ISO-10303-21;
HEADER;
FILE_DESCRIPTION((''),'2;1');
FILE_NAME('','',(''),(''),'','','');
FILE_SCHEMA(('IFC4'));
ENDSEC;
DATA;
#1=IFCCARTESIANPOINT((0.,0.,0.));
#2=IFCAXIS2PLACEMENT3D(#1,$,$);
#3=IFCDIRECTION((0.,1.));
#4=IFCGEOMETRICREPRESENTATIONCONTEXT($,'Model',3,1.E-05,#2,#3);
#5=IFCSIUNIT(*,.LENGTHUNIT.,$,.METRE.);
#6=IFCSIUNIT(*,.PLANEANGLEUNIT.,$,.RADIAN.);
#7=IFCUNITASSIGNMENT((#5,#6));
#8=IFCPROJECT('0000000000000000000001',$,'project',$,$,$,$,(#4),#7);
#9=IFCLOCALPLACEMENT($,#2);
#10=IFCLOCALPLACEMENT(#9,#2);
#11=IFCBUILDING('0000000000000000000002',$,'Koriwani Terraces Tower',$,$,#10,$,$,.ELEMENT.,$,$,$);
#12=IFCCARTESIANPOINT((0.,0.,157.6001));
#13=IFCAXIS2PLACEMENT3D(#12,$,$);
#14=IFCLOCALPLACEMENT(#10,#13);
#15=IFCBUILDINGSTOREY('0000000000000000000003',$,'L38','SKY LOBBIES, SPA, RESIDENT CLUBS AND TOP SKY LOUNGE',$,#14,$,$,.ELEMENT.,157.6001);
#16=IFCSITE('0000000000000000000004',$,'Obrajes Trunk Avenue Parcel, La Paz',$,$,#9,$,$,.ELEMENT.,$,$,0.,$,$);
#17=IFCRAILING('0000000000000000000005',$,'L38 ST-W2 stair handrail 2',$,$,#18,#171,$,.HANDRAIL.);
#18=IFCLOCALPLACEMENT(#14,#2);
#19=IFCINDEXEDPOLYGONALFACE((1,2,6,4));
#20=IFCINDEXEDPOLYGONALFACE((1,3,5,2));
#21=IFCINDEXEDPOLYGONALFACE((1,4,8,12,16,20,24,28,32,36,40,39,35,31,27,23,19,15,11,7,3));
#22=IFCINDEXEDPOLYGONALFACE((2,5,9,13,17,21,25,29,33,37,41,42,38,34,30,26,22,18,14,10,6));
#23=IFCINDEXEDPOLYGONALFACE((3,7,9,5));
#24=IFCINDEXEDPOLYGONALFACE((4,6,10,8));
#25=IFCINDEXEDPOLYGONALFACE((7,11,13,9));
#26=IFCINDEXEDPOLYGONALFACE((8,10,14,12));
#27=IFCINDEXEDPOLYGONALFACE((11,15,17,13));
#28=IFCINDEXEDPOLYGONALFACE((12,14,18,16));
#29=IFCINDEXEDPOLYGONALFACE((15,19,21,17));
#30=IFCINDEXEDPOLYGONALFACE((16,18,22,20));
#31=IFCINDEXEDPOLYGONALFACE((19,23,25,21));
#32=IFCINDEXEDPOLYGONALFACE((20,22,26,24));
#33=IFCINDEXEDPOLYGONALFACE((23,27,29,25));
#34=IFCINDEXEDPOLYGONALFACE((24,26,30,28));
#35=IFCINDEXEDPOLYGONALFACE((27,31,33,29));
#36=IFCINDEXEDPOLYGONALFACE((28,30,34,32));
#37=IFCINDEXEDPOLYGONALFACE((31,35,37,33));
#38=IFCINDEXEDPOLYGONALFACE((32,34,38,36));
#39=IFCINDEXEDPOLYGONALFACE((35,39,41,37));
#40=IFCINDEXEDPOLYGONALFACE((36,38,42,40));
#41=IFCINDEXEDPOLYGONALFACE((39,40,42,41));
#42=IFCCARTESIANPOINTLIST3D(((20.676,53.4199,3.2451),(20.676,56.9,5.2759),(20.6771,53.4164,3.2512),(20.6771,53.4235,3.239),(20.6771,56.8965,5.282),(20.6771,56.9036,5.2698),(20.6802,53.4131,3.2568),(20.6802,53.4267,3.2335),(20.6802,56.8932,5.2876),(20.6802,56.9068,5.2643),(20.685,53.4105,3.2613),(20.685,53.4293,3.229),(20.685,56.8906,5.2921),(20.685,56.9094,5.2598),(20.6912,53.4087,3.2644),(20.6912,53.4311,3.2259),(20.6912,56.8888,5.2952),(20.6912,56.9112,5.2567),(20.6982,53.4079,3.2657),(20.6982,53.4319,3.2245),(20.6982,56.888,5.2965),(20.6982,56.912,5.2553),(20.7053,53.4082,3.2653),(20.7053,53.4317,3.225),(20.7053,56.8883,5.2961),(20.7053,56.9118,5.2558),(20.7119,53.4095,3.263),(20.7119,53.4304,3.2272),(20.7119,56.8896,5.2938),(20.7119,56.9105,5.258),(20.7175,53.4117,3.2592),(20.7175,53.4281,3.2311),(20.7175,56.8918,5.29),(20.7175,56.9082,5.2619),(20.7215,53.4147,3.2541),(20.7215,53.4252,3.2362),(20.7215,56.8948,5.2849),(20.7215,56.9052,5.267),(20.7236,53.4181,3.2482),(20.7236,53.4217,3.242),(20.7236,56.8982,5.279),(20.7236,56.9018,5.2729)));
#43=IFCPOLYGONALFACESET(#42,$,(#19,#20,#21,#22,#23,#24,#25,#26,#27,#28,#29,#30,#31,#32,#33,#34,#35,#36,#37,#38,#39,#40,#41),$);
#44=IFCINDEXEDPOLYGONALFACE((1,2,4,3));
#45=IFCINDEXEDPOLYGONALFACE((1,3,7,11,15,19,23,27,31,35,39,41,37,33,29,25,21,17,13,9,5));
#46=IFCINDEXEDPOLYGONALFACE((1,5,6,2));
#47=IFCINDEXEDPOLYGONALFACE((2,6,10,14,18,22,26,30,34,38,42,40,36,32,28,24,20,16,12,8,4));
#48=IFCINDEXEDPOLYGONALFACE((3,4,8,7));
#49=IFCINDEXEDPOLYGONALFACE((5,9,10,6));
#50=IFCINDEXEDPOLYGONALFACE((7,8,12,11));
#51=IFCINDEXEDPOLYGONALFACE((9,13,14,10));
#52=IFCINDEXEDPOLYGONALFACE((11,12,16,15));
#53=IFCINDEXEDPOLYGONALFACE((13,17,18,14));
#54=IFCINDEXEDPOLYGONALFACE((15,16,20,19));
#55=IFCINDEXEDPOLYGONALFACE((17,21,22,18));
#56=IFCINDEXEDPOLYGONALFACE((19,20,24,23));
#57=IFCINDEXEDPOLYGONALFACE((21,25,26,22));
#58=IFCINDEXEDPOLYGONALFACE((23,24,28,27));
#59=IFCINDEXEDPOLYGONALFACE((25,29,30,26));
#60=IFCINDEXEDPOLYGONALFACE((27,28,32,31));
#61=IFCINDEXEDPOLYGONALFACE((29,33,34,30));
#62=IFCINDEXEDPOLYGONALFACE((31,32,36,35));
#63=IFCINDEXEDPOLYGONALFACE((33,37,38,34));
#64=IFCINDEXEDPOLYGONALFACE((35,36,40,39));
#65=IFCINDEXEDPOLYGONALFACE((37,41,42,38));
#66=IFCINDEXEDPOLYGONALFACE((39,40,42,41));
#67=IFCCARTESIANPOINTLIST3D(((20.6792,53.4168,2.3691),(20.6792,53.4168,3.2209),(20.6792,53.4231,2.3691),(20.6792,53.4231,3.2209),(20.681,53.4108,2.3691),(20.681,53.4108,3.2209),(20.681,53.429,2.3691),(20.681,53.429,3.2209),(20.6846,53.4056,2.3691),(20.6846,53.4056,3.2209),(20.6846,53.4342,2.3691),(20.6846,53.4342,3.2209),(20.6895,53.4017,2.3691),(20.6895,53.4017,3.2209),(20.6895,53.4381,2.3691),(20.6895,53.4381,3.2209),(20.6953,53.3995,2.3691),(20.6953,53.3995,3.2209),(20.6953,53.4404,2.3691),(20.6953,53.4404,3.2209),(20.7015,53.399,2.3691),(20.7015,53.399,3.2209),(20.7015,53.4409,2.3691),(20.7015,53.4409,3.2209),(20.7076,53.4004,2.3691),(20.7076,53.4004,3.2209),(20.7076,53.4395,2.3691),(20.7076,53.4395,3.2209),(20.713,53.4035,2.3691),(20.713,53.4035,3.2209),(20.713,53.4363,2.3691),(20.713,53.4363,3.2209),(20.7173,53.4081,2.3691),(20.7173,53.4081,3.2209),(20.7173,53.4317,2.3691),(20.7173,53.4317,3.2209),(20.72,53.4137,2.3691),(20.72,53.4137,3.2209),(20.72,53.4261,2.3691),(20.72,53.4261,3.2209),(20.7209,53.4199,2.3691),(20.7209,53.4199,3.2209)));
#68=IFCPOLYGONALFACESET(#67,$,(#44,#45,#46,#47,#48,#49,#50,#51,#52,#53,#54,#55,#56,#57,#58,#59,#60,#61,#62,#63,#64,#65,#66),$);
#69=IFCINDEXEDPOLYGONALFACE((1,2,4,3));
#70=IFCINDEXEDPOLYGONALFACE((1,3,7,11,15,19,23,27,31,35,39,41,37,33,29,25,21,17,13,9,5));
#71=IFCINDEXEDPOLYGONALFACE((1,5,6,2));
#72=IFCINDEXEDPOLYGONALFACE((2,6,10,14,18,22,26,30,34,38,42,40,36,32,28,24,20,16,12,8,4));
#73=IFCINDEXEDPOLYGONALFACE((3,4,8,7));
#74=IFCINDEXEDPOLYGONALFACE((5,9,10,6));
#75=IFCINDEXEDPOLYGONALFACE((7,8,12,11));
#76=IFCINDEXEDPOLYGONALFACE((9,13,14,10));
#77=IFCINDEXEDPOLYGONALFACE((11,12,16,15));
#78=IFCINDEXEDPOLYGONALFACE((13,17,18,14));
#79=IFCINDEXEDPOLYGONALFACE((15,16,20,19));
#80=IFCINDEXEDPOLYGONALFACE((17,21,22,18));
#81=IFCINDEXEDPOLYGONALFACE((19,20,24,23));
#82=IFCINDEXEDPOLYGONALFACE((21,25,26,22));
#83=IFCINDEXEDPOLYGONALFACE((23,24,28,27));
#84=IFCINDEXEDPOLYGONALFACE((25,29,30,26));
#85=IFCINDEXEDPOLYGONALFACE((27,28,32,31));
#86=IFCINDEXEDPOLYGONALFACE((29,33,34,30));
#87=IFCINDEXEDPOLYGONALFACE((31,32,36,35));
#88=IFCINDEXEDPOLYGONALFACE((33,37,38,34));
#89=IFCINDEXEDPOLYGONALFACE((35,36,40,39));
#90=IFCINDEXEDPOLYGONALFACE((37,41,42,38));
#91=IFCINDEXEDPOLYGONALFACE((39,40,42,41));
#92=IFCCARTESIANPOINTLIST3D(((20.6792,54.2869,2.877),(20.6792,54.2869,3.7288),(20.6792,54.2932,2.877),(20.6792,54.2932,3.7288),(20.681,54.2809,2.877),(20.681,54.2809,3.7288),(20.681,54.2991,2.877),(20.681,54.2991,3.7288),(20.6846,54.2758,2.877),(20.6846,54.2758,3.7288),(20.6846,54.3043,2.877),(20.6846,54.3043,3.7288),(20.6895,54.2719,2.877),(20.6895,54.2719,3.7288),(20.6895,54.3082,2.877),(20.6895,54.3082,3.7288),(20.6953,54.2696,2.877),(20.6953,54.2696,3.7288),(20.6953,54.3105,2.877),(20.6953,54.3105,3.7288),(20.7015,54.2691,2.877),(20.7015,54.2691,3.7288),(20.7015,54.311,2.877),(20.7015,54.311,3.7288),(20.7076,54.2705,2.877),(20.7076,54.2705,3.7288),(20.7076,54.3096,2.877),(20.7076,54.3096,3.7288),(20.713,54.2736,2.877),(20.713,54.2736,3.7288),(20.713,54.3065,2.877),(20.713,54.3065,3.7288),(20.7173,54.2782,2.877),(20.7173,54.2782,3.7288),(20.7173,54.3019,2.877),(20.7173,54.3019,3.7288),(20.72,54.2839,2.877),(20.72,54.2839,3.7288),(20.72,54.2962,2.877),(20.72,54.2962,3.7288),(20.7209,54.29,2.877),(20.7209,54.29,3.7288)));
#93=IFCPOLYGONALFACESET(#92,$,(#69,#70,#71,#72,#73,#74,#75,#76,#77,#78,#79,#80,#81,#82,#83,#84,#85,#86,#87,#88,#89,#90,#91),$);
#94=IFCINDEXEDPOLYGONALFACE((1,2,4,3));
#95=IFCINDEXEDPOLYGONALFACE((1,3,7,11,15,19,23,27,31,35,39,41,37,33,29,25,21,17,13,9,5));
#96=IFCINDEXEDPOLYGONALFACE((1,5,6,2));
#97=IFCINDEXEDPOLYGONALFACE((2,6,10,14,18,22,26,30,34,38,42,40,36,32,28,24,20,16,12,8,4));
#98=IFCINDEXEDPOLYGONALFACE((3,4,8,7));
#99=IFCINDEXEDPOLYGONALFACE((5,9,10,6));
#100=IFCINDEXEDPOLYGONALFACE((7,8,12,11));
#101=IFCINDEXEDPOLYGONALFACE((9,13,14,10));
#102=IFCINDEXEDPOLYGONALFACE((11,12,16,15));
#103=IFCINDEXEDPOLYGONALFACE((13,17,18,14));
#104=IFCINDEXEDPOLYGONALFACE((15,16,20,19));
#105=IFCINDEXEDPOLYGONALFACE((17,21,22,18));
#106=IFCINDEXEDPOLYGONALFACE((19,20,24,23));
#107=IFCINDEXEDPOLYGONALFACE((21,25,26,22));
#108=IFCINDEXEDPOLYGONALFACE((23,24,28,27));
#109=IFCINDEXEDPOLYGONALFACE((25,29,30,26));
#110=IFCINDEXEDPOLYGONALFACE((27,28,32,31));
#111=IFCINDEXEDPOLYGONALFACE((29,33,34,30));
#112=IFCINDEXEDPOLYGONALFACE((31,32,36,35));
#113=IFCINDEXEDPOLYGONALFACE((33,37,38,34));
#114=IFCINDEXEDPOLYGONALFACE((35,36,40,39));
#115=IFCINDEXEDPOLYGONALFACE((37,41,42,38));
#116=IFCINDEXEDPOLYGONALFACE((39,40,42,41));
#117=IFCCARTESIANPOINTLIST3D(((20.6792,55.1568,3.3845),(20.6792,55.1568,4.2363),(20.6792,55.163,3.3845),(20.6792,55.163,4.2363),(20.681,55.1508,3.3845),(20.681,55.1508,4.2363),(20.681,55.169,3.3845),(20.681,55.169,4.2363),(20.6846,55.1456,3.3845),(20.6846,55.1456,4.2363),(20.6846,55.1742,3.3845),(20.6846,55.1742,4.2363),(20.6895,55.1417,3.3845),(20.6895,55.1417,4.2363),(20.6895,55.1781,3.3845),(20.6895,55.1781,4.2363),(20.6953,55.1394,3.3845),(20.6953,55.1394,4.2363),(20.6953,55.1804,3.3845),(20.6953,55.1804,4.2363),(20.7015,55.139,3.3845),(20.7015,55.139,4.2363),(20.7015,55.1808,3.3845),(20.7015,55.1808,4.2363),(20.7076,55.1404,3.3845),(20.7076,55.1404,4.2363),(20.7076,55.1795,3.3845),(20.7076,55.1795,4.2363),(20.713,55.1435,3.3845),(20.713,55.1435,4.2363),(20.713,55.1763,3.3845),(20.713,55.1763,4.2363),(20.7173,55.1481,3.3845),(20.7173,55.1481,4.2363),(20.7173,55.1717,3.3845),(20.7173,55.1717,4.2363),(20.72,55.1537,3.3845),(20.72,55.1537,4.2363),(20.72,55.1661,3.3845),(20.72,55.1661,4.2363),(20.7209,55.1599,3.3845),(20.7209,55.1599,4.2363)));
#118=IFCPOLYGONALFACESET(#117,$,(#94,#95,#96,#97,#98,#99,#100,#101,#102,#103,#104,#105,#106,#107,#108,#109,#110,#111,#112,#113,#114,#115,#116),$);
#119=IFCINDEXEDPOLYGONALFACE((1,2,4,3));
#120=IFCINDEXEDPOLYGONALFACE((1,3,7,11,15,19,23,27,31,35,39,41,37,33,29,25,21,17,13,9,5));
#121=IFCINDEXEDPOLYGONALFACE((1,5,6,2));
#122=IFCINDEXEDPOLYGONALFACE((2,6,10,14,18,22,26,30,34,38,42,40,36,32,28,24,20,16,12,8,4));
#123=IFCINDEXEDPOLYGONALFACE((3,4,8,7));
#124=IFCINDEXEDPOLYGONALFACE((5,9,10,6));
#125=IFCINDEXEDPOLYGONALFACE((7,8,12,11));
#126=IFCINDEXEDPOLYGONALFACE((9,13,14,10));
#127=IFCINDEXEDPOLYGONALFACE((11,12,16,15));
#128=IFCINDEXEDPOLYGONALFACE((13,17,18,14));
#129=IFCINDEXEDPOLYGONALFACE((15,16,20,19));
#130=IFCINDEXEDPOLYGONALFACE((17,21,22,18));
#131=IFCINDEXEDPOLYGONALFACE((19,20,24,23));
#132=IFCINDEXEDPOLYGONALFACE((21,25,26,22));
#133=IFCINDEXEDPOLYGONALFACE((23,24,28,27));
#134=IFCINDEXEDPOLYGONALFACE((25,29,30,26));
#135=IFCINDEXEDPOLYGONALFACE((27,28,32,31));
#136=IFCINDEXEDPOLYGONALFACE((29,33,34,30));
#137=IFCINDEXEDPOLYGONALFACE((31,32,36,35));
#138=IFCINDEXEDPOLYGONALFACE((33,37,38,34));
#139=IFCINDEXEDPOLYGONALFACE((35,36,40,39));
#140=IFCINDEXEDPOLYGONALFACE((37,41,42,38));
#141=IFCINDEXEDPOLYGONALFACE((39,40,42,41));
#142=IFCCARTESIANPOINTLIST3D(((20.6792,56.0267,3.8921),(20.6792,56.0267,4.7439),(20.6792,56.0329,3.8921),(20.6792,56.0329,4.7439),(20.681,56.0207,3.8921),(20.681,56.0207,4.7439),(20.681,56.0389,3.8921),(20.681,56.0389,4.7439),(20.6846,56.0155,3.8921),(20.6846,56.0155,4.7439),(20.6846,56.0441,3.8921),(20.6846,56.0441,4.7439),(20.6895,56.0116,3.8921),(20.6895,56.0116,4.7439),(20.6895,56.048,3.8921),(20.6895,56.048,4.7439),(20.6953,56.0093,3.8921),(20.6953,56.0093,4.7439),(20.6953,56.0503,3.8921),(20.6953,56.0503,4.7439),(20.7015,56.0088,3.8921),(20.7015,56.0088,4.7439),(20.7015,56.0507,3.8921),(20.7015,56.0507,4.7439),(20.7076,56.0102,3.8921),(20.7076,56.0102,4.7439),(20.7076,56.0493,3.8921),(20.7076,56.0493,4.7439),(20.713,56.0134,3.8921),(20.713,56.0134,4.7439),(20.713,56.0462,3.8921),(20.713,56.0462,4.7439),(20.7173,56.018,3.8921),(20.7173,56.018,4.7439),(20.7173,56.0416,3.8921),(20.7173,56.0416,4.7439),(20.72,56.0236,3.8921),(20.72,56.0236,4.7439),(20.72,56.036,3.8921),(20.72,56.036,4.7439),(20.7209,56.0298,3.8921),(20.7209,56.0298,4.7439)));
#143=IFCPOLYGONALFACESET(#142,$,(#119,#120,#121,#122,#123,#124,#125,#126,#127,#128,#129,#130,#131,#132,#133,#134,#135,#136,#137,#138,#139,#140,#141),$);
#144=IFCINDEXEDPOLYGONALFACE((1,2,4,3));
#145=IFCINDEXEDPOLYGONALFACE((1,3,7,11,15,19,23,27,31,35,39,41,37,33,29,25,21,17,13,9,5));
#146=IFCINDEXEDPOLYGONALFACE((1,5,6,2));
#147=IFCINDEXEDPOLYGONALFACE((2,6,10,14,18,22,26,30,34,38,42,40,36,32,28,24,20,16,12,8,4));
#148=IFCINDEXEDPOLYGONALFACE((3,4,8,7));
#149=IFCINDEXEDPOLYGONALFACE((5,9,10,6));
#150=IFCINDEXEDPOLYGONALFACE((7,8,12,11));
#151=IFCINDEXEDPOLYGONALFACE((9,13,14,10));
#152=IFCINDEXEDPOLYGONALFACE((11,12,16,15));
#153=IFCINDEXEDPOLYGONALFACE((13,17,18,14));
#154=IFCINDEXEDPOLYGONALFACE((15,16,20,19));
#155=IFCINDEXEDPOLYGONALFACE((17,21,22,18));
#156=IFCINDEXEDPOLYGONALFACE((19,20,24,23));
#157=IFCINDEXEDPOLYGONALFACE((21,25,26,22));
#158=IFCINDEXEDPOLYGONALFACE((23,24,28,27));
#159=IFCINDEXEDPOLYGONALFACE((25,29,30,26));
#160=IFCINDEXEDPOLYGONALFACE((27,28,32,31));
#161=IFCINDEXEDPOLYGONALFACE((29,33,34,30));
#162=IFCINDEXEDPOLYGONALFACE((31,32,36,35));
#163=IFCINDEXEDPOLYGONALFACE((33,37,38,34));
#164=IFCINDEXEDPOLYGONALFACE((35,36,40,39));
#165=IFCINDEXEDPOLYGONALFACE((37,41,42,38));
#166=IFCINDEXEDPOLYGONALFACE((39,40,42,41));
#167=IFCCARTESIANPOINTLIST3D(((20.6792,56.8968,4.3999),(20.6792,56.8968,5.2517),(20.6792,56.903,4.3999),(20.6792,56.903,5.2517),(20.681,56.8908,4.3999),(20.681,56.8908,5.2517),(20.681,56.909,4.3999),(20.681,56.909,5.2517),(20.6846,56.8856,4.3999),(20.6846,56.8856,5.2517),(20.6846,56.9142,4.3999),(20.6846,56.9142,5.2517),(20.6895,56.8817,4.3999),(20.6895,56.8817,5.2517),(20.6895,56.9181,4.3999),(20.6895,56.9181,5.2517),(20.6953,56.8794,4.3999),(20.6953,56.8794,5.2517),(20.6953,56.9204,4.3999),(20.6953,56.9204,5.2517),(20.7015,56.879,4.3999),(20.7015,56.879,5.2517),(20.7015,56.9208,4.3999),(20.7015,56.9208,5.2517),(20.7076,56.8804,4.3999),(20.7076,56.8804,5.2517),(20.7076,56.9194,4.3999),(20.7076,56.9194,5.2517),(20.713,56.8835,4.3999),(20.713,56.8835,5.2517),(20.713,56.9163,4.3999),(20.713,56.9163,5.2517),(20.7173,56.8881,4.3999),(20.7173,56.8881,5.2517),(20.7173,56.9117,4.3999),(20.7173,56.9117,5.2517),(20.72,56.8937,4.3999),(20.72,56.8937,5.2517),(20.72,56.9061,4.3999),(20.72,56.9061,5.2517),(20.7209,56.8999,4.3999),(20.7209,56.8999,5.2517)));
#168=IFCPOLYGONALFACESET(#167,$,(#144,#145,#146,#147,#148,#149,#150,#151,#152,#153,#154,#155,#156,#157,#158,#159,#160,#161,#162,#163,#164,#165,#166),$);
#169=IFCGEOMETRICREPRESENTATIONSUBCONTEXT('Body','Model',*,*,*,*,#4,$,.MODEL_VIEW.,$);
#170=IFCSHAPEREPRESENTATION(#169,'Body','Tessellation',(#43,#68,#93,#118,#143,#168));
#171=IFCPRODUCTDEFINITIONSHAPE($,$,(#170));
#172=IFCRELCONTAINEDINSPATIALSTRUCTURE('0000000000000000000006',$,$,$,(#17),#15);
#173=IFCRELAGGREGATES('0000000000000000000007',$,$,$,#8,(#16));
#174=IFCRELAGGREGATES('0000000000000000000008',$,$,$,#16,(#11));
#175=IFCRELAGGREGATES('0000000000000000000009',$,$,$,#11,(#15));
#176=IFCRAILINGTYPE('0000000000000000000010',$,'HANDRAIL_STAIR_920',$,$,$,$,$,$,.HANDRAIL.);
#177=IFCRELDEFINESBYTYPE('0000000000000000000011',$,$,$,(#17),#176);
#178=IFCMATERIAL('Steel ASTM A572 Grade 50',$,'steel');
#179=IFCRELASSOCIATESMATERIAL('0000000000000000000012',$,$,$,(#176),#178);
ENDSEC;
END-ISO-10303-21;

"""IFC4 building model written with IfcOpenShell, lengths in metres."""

from ifc_helpers import new_model, si_unit, direction, frame, origin, origin_2d, place, context, subcontext, project, spatial, circle, extrude, material, type_object, element, save


model = new_model("IFC4")

# Units and contexts
model_context = context("Model", 3, precision=1e-05, world=origin(), true_north=direction((0.0, 1.0)))
body_context = subcontext(model_context, "Body", "Model", "MODEL_VIEW")
ifc_project = project(units=[si_unit("LENGTHUNIT", "METRE"), si_unit("PLANEANGLEUNIT", "RADIAN")], contexts=[model_context])

# Site, building, storey
site_placement = place(None, origin())
site = spatial("IfcSite", under=ifc_project, at=site_placement, Name="Obrajes Trunk Avenue Parcel, La Paz", CompositionType="ELEMENT", RefElevation=0.0)
building_placement = place(site_placement, origin())
building = spatial("IfcBuilding", under=site, at=building_placement, Name="Koriwani Terraces Tower", CompositionType="ELEMENT")
storey_placement = place(building_placement, frame((0.0, 0.0, 157.6001)))
storey = spatial("IfcBuildingStorey", under=building, at=storey_placement, Name="L38", Description="SKY LOBBIES, SPA, RESIDENT CLUBS AND TOP SKY LOUNGE", CompositionType="ELEMENT", Elevation=157.6001)

# Shared definitions
ifc_material_1 = material(Name="Steel ASTM A572 Grade 50", Category="steel")

# Railing
railing_type = type_object("IfcRailingType", Name="HANDRAIL_STAIR_920", PredefinedType="HANDRAIL", material=ifc_material_1)
railing_placement = place(storey_placement, frame((20.7, 53.4199, 2.3691)))
element("IfcRailing", 1, at=railing_placement, inside=storey, type_object=railing_type, Name="L38 ST-W2 stair handrail 2", PredefinedType="HANDRAIL", context=body_context, shape_type="SweptSolid", body=[
    extrude(circle(Radius=0.0239, at=origin_2d()), frame((0.0, 0.0, 0.876), z_axis=(0.0, 0.863695, 0.504014), x_axis=(-1.0, 0.0, 0.0)), (0.0, 0.0, 1.0), 4.0293),
    extrude(circle(Radius=0.021, at=origin_2d()), origin(), (0.0, 0.0, 1.0), 0.8518),
    extrude(circle(Radius=0.021, at=origin_2d()), frame((0.0, 0.8701, 0.5078)), (0.0, 0.0, 1.0), 0.8518),
    extrude(circle(Radius=0.021, at=origin_2d()), frame((0.0, 1.74, 1.0154)), (0.0, 0.0, 1.0), 0.8518),
    extrude(circle(Radius=0.021, at=origin_2d()), frame((0.0, 2.6099, 1.5229)), (0.0, 0.0, 1.0), 0.8518),
    extrude(circle(Radius=0.021, at=origin_2d()), frame((0.0, 3.48, 2.0308)), (0.0, 0.0, 1.0), 0.8518),
])

save(model, "model.ifc")
